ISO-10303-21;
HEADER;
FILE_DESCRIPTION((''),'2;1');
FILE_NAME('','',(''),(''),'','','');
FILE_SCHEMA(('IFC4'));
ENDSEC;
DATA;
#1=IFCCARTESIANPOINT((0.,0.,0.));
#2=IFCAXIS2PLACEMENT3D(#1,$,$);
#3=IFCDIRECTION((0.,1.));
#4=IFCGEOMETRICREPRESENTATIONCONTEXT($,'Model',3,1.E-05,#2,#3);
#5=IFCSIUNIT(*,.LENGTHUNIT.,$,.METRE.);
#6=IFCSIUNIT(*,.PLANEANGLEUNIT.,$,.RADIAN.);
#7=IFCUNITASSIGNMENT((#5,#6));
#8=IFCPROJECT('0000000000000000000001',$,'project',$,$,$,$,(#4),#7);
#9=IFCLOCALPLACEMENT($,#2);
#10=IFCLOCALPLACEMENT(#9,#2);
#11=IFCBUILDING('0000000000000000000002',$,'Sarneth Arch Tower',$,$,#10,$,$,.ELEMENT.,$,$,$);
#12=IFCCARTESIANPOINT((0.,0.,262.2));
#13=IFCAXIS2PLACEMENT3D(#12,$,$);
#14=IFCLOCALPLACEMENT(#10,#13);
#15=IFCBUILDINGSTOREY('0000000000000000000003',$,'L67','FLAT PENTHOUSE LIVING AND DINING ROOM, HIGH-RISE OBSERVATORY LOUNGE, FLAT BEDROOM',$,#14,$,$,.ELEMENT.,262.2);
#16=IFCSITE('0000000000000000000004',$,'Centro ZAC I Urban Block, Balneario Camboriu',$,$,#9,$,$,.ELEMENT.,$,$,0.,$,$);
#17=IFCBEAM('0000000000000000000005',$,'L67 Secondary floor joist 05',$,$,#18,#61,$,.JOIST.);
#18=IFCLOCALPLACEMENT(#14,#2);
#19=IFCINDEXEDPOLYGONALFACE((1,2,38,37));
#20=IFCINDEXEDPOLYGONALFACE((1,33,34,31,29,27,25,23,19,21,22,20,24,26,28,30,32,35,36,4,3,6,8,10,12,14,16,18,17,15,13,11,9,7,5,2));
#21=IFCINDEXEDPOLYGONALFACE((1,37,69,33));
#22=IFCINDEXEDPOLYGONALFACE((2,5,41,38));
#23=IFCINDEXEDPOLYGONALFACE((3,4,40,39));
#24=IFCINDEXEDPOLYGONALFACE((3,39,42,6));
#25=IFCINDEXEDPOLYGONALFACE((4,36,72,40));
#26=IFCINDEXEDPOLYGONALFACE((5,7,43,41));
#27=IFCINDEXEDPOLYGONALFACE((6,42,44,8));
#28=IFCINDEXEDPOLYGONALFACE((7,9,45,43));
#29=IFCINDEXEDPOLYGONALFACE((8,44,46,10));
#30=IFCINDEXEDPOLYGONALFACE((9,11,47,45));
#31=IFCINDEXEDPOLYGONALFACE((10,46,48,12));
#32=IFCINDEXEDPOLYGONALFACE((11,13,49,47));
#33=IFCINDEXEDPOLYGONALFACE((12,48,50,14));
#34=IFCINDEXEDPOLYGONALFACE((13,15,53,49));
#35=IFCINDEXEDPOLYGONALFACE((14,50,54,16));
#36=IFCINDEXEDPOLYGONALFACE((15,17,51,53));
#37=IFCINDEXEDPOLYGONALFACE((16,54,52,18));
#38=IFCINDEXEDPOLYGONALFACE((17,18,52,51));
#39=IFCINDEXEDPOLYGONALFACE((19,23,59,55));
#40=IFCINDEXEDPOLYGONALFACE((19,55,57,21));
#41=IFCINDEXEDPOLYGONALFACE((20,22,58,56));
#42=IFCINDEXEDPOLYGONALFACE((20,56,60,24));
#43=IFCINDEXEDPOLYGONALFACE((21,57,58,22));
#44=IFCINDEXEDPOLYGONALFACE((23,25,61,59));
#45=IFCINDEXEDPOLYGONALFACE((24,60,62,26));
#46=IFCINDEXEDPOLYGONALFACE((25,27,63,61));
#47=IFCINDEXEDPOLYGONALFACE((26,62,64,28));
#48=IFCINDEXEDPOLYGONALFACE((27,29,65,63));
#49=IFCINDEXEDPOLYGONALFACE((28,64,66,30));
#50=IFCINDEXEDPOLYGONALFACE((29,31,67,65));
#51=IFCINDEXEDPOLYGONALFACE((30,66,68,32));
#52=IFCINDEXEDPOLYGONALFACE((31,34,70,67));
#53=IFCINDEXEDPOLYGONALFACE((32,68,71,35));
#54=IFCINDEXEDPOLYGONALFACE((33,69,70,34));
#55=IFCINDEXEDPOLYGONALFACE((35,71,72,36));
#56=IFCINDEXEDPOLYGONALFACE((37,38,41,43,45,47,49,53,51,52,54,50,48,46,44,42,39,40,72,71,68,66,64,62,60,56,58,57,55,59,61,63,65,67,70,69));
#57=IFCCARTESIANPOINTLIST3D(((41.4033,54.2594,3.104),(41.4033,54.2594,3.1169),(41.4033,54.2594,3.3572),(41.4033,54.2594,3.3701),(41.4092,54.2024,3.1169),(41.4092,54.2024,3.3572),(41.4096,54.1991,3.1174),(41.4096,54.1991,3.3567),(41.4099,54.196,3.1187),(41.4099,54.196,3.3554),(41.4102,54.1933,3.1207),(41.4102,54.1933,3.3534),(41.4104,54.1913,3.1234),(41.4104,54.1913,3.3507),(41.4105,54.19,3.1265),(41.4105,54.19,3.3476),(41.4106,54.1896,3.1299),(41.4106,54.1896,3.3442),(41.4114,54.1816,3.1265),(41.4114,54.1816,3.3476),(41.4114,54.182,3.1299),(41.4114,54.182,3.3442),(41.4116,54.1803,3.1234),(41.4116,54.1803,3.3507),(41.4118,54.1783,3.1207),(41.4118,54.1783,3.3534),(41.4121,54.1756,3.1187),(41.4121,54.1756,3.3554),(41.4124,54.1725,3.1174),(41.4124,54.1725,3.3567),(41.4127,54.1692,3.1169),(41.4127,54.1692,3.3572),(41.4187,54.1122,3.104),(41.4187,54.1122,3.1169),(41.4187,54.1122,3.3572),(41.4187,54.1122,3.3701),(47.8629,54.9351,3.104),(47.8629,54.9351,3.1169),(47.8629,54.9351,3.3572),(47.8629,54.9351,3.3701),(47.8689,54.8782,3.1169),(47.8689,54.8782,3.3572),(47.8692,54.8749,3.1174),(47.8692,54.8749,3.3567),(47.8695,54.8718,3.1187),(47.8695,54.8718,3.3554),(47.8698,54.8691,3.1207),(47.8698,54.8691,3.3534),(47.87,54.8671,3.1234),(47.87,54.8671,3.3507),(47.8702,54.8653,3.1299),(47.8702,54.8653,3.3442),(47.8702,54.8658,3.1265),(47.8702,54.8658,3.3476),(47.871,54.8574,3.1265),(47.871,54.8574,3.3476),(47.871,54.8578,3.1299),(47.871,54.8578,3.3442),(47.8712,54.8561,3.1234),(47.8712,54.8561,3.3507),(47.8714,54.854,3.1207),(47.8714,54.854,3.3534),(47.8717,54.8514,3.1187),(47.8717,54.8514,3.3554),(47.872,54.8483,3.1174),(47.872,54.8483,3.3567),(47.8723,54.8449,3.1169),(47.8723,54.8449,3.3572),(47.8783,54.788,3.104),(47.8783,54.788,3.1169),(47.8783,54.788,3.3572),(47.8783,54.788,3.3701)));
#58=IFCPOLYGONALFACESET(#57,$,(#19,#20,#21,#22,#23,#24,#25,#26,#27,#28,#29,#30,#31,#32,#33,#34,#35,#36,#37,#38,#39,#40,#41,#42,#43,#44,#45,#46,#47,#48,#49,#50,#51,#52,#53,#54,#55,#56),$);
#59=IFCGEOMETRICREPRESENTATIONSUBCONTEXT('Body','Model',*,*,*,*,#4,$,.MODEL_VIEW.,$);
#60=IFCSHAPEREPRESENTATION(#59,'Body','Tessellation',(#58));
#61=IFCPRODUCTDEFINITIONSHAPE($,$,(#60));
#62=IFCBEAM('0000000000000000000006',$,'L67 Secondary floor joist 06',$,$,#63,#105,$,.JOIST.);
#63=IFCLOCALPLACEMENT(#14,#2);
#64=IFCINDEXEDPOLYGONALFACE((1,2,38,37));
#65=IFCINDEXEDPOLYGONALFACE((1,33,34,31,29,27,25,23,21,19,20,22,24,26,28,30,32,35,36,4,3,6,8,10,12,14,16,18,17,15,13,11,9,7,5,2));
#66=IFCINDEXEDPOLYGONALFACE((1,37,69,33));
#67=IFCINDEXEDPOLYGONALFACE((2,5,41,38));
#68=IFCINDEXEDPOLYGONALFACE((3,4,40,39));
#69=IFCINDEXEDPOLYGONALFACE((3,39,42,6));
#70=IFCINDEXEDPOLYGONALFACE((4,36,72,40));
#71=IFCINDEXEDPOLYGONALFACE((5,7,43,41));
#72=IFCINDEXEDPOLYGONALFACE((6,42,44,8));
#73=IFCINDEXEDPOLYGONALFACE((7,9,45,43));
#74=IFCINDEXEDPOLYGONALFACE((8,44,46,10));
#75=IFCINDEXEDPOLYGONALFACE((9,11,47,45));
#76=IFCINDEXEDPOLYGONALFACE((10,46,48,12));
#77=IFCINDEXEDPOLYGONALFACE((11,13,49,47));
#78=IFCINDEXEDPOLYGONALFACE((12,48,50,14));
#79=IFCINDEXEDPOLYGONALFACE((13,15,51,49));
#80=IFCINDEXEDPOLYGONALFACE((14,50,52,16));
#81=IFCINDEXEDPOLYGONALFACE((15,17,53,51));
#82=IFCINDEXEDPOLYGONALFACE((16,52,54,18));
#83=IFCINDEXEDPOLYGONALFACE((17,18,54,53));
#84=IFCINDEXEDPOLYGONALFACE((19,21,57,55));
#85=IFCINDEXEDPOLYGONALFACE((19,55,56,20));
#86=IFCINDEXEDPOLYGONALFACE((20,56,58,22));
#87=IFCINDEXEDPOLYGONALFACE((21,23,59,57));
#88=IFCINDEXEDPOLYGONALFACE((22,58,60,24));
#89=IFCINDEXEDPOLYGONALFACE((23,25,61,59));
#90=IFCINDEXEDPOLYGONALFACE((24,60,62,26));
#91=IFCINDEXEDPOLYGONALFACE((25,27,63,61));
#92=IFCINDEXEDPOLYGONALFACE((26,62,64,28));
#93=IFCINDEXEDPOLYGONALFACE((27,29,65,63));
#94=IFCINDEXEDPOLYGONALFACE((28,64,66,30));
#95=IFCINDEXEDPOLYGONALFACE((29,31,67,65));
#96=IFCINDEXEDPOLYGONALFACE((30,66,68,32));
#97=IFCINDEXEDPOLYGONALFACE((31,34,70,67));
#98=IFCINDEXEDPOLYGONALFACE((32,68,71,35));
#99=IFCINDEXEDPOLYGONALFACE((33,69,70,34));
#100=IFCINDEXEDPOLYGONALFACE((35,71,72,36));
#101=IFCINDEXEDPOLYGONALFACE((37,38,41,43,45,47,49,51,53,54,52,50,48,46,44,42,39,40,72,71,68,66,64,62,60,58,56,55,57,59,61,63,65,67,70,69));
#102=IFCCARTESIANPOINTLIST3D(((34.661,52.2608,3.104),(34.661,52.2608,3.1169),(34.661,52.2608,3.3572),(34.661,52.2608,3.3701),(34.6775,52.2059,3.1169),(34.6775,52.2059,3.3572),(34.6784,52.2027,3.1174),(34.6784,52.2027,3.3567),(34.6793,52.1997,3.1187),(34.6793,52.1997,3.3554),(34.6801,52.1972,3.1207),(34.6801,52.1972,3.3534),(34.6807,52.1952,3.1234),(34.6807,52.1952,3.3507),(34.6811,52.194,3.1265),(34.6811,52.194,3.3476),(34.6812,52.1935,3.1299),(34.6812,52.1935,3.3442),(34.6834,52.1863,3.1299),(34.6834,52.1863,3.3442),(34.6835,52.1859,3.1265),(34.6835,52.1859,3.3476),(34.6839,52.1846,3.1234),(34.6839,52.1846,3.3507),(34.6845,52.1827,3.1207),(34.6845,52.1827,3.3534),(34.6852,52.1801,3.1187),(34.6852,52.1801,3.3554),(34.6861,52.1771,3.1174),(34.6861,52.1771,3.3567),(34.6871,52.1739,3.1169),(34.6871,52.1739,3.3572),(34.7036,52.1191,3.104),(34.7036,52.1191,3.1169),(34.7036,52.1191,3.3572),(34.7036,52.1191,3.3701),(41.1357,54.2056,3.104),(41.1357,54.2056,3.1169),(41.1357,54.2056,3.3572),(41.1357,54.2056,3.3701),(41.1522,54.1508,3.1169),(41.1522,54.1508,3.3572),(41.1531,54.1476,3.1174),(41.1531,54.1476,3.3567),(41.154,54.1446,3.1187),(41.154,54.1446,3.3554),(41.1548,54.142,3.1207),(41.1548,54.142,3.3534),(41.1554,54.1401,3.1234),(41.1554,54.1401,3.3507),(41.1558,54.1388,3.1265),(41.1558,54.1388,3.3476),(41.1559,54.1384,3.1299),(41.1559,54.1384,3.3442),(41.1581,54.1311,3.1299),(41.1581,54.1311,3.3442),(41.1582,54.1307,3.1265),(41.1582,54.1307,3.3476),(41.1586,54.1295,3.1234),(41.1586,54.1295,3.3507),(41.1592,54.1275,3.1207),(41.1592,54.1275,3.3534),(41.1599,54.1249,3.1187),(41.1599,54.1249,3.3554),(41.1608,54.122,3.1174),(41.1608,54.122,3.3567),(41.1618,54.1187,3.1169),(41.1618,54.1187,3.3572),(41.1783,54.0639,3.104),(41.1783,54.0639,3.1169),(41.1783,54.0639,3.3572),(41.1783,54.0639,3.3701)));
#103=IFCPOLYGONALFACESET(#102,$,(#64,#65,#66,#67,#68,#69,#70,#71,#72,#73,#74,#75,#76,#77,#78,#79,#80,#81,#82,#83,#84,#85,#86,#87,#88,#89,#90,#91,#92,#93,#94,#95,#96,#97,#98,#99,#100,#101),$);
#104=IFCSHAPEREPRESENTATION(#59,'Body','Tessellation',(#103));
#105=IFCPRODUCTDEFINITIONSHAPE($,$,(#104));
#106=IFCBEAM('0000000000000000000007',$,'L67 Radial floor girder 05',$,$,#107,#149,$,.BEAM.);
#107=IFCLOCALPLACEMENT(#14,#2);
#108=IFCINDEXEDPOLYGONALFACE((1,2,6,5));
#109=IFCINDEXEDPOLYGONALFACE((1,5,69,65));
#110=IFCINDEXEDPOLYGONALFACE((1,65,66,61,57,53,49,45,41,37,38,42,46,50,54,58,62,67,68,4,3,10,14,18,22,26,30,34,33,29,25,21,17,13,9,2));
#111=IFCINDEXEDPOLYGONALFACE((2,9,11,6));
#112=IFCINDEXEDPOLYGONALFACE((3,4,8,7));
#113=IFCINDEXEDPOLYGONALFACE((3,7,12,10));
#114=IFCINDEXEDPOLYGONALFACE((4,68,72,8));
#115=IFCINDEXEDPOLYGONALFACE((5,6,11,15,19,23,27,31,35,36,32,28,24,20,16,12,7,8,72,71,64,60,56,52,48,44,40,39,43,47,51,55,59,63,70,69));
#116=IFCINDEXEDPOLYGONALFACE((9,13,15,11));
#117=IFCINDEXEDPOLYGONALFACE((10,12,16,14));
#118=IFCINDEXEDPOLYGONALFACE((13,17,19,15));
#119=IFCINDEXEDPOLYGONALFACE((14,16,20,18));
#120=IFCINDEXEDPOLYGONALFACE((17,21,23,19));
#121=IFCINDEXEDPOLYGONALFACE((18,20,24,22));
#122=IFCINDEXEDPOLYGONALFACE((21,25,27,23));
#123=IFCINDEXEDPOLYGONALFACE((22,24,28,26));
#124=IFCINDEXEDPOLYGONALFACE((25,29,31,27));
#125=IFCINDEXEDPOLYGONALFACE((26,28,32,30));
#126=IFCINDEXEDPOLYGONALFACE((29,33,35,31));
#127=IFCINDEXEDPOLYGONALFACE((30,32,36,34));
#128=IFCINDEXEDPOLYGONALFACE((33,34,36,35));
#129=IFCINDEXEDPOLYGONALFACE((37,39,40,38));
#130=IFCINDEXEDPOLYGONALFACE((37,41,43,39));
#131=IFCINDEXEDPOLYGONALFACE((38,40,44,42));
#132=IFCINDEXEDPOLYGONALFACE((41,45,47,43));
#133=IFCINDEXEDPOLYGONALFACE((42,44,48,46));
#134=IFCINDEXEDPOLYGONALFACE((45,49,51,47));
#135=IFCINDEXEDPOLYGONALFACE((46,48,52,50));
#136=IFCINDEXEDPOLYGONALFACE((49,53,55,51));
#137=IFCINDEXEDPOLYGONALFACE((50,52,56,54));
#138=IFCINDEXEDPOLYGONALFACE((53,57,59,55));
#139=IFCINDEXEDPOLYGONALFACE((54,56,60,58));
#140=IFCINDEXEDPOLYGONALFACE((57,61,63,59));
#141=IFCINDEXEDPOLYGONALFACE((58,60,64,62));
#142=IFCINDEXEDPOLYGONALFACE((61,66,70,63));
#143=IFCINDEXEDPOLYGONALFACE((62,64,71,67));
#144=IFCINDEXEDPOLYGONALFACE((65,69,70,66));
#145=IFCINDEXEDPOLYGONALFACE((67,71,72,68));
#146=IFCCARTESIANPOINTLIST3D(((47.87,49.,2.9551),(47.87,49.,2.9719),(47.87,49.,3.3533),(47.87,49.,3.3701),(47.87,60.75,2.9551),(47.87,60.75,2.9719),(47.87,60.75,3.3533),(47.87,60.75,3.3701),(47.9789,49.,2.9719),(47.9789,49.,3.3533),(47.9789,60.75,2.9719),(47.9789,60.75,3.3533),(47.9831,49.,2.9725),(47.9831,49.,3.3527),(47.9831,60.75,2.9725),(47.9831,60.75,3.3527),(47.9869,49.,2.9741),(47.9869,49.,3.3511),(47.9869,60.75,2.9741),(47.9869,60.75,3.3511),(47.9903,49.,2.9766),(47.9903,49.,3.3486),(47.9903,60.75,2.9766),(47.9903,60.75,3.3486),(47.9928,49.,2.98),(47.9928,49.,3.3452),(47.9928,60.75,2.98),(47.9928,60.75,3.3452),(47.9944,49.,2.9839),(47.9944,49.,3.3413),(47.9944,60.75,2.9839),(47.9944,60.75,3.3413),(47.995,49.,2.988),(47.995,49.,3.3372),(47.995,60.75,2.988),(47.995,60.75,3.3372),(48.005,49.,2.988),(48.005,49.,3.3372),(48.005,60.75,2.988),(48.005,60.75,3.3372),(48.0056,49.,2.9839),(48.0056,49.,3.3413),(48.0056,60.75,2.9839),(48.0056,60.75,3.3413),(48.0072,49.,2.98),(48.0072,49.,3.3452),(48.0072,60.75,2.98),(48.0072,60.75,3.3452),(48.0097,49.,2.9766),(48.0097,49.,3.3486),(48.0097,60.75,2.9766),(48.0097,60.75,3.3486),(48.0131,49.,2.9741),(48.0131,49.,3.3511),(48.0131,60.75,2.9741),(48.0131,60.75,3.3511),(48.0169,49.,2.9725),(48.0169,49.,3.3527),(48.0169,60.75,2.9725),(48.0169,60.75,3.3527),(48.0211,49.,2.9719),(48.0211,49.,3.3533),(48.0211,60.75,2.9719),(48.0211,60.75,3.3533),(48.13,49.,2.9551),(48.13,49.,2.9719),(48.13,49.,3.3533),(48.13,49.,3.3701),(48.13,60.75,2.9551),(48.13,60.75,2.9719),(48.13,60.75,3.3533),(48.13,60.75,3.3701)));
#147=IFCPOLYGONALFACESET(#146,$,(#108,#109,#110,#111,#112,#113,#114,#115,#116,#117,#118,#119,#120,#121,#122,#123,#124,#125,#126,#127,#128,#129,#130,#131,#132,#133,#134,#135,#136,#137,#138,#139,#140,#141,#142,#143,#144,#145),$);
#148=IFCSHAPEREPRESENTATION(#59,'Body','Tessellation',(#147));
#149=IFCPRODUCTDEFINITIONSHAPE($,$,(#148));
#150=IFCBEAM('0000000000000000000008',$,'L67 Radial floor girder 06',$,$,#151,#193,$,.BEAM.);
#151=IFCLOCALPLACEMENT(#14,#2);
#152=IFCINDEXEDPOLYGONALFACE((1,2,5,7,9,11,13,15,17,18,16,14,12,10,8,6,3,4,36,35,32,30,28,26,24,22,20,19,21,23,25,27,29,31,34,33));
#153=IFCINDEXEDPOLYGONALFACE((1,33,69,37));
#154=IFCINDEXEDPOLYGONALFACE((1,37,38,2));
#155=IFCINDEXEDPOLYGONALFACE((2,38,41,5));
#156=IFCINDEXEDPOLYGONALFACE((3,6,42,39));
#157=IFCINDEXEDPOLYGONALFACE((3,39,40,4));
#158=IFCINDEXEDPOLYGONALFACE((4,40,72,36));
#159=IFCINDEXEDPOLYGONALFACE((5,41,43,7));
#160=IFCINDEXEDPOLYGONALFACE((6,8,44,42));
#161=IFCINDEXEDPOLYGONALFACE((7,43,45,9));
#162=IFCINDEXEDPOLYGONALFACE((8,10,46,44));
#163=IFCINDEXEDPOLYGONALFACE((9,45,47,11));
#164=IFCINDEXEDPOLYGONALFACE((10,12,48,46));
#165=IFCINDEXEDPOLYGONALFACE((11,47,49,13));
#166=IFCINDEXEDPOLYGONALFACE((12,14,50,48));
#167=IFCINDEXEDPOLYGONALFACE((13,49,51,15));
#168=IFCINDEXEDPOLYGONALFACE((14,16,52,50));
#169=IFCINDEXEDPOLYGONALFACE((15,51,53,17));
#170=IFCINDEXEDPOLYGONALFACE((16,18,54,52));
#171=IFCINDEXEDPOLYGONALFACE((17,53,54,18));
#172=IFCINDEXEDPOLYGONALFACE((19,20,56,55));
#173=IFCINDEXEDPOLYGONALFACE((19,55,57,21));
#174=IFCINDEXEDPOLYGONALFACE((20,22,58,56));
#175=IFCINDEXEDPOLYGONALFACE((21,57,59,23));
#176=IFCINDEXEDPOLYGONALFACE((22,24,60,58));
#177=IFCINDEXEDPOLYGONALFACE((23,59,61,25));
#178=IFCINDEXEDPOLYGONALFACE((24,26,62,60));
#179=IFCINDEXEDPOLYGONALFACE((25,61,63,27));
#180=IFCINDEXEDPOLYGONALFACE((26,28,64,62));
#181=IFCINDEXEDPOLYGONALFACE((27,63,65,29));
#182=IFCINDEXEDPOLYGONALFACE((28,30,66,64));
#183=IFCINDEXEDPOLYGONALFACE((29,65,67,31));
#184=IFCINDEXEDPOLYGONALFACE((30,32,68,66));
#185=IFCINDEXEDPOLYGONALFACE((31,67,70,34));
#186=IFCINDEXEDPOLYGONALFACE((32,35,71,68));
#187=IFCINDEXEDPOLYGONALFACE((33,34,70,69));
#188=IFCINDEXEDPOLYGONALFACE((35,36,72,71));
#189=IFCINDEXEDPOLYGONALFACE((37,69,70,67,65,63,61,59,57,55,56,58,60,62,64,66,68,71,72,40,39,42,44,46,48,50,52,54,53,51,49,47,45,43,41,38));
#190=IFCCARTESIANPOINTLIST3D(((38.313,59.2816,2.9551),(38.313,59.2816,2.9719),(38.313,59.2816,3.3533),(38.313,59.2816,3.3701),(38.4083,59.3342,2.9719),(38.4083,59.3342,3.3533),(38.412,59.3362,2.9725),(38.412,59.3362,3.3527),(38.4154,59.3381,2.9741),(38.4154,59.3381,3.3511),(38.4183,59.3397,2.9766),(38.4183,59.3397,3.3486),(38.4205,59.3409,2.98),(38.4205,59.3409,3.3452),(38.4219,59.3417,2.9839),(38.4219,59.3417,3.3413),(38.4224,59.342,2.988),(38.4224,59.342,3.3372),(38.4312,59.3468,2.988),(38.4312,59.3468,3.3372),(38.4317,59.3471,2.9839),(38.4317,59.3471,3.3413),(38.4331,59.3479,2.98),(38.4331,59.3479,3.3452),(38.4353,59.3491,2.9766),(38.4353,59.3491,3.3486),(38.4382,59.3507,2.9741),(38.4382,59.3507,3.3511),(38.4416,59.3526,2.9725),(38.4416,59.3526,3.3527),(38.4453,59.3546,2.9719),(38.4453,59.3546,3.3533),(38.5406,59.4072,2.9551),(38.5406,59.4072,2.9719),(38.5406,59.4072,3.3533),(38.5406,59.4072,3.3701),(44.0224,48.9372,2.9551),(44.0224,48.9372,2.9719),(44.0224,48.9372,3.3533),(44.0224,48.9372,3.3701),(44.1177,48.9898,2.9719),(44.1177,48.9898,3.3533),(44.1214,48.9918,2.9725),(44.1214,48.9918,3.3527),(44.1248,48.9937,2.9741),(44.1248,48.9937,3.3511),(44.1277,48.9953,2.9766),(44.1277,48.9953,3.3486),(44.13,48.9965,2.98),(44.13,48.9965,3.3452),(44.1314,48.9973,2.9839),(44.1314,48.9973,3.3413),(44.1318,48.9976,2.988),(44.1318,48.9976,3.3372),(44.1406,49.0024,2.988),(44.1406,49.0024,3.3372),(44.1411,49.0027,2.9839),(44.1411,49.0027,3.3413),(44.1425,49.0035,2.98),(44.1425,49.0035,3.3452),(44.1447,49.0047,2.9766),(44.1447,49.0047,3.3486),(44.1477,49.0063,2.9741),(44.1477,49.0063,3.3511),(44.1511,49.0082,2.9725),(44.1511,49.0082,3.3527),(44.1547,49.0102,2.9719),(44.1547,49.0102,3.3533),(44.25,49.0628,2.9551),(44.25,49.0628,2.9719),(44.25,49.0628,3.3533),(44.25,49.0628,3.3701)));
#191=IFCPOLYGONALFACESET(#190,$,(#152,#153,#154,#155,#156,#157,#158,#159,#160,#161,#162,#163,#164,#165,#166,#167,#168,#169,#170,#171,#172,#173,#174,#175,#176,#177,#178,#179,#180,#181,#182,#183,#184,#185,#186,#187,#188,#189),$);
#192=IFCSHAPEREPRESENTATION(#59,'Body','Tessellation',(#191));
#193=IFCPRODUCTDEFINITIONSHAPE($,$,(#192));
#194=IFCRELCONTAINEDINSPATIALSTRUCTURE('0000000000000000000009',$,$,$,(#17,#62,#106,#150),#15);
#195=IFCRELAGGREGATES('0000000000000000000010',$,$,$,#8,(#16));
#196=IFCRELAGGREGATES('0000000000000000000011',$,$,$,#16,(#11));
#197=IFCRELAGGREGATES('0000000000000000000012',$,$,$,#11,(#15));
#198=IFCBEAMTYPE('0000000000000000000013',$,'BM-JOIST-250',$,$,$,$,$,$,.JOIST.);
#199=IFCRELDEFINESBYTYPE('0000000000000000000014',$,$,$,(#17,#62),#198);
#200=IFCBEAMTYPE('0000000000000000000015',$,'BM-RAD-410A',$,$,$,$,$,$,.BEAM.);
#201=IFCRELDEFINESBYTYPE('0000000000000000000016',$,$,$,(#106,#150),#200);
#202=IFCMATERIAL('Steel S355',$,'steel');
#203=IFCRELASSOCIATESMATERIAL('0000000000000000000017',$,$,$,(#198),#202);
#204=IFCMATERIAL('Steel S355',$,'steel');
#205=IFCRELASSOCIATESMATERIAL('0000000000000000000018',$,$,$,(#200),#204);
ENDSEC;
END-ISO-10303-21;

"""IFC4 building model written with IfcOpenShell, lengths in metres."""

from ifc_helpers import new_model, si_unit, direction, frame, origin, origin_2d, place, context, subcontext, project, spatial, i_section, extrude, material, material_profile, profile_set, type_object, element, save


model = new_model("IFC4")

# Units and contexts
model_context = context("Model", 3, precision=1e-05, world=origin(), true_north=direction((0.0, 1.0)))
body_context = subcontext(model_context, "Body", "Model", "MODEL_VIEW")
ifc_project = project(units=[si_unit("LENGTHUNIT", "METRE"), si_unit("PLANEANGLEUNIT", "RADIAN")], contexts=[model_context])

# Site, building, storey
site_placement = place(None, origin())
site = spatial("IfcSite", under=ifc_project, at=site_placement, Name="Centro ZAC I Urban Block, Balneario Camboriu", CompositionType="ELEMENT", RefElevation=0.0)
building_placement = place(site_placement, origin())
building = spatial("IfcBuilding", under=site, at=building_placement, Name="Sarneth Arch Tower", CompositionType="ELEMENT")
storey_placement = place(building_placement, frame((0.0, 0.0, 262.2)))
storey = spatial("IfcBuildingStorey", under=building, at=storey_placement, Name="L67", Description="FLAT PENTHOUSE LIVING AND DINING ROOM, HIGH-RISE OBSERVATORY LOUNGE, FLAT BEDROOM", CompositionType="ELEMENT", Elevation=262.2)

# Beams
ifc_material_1 = material(Name="Steel S355", Category="steel")
ifc_material_profile_1 = material_profile(ifc_material_1, i_section(OverallWidth=0.1479, OverallDepth=0.2661, WebThickness=0.0076, FlangeThickness=0.0129, FilletRadius=0.0129, at=origin_2d()), Name="W250x44.8")
ifc_profile_set_1 = profile_set([ifc_material_profile_1], Name="Steel S355")
beam_type_1 = type_object("IfcBeamType", Name="BM-JOIST-250", PredefinedType="JOIST", material=ifc_profile_set_1)
beam_1_placement = place(storey_placement, frame((47.8706, 54.8616, 3.2371), z_axis=(-0.994572, -0.104047, 0.0), x_axis=(0.104047, -0.994572, 0.0)))
element("IfcBeam", 1, at=beam_1_placement, inside=storey, type_object=beam_type_1, Name="L67 Secondary floor joist 05", PredefinedType="JOIST", context=body_context, shape_type="SweptSolid", body=[
    extrude(i_section(OverallWidth=0.1479, OverallDepth=0.2661, WebThickness=0.0076, FlangeThickness=0.0129, FilletRadius=0.0129, at=origin_2d()), origin(), (0.0, 0.0, 1.0), 6.4949),
])
beam_2_placement = place(storey_placement, frame((41.157, 54.1348, 3.2371), z_axis=(-0.957727, -0.287679, 0.0), x_axis=(0.287679, -0.957727, 0.0)))
element("IfcBeam", 2, at=beam_2_placement, inside=storey, type_object=beam_type_1, Name="L67 Secondary floor joist 06", PredefinedType="JOIST", context=body_context, shape_type="SweptSolid", body=[
    extrude(i_section(OverallWidth=0.1479, OverallDepth=0.2661, WebThickness=0.0076, FlangeThickness=0.0129, FilletRadius=0.0129, at=origin_2d()), origin(), (0.0, 0.0, 1.0), 6.7605),
])
ifc_material_2 = material(Name="Steel S355", Category="steel")
ifc_material_profile_2 = material_profile(ifc_material_2, i_section(OverallWidth=0.26, OverallDepth=0.415, WebThickness=0.01, FlangeThickness=0.0168, FilletRadius=0.0161, at=origin_2d()), Name="W410x100")
ifc_profile_set_2 = profile_set([ifc_material_profile_2], Name="Steel S355")
beam_type_2 = type_object("IfcBeamType", Name="BM-RAD-410A", PredefinedType="BEAM", material=ifc_profile_set_2)
beam_3_placement = place(storey_placement, frame((48.0, 49.0, 3.1626), z_axis=(0.0, 1.0, 0.0), x_axis=(-1.0, 0.0, 0.0)))
element("IfcBeam", 3, at=beam_3_placement, inside=storey, type_object=beam_type_2, Name="L67 Radial floor girder 05", PredefinedType="BEAM", context=body_context, shape_type="SweptSolid", body=[
    extrude(i_section(OverallWidth=0.26, OverallDepth=0.415, WebThickness=0.01, FlangeThickness=0.0168, FilletRadius=0.0161, at=origin_2d()), origin(), (0.0, 0.0, 1.0), 11.75),
])
beam_4_placement = place(storey_placement, frame((44.1362, 49.0, 3.1626), z_axis=(-0.483218, 0.8755, 0.0), x_axis=(-0.8755, -0.483218, 0.0)))
element("IfcBeam", 4, at=beam_4_placement, inside=storey, type_object=beam_type_2, Name="L67 Radial floor girder 06", PredefinedType="BEAM", context=body_context, shape_type="SweptSolid", body=[
    extrude(i_section(OverallWidth=0.26, OverallDepth=0.415, WebThickness=0.01, FlangeThickness=0.0168, FilletRadius=0.0161, at=origin_2d()), origin(), (0.0, 0.0, 1.0), 11.8154),
])

save(model, "model.ifc")
